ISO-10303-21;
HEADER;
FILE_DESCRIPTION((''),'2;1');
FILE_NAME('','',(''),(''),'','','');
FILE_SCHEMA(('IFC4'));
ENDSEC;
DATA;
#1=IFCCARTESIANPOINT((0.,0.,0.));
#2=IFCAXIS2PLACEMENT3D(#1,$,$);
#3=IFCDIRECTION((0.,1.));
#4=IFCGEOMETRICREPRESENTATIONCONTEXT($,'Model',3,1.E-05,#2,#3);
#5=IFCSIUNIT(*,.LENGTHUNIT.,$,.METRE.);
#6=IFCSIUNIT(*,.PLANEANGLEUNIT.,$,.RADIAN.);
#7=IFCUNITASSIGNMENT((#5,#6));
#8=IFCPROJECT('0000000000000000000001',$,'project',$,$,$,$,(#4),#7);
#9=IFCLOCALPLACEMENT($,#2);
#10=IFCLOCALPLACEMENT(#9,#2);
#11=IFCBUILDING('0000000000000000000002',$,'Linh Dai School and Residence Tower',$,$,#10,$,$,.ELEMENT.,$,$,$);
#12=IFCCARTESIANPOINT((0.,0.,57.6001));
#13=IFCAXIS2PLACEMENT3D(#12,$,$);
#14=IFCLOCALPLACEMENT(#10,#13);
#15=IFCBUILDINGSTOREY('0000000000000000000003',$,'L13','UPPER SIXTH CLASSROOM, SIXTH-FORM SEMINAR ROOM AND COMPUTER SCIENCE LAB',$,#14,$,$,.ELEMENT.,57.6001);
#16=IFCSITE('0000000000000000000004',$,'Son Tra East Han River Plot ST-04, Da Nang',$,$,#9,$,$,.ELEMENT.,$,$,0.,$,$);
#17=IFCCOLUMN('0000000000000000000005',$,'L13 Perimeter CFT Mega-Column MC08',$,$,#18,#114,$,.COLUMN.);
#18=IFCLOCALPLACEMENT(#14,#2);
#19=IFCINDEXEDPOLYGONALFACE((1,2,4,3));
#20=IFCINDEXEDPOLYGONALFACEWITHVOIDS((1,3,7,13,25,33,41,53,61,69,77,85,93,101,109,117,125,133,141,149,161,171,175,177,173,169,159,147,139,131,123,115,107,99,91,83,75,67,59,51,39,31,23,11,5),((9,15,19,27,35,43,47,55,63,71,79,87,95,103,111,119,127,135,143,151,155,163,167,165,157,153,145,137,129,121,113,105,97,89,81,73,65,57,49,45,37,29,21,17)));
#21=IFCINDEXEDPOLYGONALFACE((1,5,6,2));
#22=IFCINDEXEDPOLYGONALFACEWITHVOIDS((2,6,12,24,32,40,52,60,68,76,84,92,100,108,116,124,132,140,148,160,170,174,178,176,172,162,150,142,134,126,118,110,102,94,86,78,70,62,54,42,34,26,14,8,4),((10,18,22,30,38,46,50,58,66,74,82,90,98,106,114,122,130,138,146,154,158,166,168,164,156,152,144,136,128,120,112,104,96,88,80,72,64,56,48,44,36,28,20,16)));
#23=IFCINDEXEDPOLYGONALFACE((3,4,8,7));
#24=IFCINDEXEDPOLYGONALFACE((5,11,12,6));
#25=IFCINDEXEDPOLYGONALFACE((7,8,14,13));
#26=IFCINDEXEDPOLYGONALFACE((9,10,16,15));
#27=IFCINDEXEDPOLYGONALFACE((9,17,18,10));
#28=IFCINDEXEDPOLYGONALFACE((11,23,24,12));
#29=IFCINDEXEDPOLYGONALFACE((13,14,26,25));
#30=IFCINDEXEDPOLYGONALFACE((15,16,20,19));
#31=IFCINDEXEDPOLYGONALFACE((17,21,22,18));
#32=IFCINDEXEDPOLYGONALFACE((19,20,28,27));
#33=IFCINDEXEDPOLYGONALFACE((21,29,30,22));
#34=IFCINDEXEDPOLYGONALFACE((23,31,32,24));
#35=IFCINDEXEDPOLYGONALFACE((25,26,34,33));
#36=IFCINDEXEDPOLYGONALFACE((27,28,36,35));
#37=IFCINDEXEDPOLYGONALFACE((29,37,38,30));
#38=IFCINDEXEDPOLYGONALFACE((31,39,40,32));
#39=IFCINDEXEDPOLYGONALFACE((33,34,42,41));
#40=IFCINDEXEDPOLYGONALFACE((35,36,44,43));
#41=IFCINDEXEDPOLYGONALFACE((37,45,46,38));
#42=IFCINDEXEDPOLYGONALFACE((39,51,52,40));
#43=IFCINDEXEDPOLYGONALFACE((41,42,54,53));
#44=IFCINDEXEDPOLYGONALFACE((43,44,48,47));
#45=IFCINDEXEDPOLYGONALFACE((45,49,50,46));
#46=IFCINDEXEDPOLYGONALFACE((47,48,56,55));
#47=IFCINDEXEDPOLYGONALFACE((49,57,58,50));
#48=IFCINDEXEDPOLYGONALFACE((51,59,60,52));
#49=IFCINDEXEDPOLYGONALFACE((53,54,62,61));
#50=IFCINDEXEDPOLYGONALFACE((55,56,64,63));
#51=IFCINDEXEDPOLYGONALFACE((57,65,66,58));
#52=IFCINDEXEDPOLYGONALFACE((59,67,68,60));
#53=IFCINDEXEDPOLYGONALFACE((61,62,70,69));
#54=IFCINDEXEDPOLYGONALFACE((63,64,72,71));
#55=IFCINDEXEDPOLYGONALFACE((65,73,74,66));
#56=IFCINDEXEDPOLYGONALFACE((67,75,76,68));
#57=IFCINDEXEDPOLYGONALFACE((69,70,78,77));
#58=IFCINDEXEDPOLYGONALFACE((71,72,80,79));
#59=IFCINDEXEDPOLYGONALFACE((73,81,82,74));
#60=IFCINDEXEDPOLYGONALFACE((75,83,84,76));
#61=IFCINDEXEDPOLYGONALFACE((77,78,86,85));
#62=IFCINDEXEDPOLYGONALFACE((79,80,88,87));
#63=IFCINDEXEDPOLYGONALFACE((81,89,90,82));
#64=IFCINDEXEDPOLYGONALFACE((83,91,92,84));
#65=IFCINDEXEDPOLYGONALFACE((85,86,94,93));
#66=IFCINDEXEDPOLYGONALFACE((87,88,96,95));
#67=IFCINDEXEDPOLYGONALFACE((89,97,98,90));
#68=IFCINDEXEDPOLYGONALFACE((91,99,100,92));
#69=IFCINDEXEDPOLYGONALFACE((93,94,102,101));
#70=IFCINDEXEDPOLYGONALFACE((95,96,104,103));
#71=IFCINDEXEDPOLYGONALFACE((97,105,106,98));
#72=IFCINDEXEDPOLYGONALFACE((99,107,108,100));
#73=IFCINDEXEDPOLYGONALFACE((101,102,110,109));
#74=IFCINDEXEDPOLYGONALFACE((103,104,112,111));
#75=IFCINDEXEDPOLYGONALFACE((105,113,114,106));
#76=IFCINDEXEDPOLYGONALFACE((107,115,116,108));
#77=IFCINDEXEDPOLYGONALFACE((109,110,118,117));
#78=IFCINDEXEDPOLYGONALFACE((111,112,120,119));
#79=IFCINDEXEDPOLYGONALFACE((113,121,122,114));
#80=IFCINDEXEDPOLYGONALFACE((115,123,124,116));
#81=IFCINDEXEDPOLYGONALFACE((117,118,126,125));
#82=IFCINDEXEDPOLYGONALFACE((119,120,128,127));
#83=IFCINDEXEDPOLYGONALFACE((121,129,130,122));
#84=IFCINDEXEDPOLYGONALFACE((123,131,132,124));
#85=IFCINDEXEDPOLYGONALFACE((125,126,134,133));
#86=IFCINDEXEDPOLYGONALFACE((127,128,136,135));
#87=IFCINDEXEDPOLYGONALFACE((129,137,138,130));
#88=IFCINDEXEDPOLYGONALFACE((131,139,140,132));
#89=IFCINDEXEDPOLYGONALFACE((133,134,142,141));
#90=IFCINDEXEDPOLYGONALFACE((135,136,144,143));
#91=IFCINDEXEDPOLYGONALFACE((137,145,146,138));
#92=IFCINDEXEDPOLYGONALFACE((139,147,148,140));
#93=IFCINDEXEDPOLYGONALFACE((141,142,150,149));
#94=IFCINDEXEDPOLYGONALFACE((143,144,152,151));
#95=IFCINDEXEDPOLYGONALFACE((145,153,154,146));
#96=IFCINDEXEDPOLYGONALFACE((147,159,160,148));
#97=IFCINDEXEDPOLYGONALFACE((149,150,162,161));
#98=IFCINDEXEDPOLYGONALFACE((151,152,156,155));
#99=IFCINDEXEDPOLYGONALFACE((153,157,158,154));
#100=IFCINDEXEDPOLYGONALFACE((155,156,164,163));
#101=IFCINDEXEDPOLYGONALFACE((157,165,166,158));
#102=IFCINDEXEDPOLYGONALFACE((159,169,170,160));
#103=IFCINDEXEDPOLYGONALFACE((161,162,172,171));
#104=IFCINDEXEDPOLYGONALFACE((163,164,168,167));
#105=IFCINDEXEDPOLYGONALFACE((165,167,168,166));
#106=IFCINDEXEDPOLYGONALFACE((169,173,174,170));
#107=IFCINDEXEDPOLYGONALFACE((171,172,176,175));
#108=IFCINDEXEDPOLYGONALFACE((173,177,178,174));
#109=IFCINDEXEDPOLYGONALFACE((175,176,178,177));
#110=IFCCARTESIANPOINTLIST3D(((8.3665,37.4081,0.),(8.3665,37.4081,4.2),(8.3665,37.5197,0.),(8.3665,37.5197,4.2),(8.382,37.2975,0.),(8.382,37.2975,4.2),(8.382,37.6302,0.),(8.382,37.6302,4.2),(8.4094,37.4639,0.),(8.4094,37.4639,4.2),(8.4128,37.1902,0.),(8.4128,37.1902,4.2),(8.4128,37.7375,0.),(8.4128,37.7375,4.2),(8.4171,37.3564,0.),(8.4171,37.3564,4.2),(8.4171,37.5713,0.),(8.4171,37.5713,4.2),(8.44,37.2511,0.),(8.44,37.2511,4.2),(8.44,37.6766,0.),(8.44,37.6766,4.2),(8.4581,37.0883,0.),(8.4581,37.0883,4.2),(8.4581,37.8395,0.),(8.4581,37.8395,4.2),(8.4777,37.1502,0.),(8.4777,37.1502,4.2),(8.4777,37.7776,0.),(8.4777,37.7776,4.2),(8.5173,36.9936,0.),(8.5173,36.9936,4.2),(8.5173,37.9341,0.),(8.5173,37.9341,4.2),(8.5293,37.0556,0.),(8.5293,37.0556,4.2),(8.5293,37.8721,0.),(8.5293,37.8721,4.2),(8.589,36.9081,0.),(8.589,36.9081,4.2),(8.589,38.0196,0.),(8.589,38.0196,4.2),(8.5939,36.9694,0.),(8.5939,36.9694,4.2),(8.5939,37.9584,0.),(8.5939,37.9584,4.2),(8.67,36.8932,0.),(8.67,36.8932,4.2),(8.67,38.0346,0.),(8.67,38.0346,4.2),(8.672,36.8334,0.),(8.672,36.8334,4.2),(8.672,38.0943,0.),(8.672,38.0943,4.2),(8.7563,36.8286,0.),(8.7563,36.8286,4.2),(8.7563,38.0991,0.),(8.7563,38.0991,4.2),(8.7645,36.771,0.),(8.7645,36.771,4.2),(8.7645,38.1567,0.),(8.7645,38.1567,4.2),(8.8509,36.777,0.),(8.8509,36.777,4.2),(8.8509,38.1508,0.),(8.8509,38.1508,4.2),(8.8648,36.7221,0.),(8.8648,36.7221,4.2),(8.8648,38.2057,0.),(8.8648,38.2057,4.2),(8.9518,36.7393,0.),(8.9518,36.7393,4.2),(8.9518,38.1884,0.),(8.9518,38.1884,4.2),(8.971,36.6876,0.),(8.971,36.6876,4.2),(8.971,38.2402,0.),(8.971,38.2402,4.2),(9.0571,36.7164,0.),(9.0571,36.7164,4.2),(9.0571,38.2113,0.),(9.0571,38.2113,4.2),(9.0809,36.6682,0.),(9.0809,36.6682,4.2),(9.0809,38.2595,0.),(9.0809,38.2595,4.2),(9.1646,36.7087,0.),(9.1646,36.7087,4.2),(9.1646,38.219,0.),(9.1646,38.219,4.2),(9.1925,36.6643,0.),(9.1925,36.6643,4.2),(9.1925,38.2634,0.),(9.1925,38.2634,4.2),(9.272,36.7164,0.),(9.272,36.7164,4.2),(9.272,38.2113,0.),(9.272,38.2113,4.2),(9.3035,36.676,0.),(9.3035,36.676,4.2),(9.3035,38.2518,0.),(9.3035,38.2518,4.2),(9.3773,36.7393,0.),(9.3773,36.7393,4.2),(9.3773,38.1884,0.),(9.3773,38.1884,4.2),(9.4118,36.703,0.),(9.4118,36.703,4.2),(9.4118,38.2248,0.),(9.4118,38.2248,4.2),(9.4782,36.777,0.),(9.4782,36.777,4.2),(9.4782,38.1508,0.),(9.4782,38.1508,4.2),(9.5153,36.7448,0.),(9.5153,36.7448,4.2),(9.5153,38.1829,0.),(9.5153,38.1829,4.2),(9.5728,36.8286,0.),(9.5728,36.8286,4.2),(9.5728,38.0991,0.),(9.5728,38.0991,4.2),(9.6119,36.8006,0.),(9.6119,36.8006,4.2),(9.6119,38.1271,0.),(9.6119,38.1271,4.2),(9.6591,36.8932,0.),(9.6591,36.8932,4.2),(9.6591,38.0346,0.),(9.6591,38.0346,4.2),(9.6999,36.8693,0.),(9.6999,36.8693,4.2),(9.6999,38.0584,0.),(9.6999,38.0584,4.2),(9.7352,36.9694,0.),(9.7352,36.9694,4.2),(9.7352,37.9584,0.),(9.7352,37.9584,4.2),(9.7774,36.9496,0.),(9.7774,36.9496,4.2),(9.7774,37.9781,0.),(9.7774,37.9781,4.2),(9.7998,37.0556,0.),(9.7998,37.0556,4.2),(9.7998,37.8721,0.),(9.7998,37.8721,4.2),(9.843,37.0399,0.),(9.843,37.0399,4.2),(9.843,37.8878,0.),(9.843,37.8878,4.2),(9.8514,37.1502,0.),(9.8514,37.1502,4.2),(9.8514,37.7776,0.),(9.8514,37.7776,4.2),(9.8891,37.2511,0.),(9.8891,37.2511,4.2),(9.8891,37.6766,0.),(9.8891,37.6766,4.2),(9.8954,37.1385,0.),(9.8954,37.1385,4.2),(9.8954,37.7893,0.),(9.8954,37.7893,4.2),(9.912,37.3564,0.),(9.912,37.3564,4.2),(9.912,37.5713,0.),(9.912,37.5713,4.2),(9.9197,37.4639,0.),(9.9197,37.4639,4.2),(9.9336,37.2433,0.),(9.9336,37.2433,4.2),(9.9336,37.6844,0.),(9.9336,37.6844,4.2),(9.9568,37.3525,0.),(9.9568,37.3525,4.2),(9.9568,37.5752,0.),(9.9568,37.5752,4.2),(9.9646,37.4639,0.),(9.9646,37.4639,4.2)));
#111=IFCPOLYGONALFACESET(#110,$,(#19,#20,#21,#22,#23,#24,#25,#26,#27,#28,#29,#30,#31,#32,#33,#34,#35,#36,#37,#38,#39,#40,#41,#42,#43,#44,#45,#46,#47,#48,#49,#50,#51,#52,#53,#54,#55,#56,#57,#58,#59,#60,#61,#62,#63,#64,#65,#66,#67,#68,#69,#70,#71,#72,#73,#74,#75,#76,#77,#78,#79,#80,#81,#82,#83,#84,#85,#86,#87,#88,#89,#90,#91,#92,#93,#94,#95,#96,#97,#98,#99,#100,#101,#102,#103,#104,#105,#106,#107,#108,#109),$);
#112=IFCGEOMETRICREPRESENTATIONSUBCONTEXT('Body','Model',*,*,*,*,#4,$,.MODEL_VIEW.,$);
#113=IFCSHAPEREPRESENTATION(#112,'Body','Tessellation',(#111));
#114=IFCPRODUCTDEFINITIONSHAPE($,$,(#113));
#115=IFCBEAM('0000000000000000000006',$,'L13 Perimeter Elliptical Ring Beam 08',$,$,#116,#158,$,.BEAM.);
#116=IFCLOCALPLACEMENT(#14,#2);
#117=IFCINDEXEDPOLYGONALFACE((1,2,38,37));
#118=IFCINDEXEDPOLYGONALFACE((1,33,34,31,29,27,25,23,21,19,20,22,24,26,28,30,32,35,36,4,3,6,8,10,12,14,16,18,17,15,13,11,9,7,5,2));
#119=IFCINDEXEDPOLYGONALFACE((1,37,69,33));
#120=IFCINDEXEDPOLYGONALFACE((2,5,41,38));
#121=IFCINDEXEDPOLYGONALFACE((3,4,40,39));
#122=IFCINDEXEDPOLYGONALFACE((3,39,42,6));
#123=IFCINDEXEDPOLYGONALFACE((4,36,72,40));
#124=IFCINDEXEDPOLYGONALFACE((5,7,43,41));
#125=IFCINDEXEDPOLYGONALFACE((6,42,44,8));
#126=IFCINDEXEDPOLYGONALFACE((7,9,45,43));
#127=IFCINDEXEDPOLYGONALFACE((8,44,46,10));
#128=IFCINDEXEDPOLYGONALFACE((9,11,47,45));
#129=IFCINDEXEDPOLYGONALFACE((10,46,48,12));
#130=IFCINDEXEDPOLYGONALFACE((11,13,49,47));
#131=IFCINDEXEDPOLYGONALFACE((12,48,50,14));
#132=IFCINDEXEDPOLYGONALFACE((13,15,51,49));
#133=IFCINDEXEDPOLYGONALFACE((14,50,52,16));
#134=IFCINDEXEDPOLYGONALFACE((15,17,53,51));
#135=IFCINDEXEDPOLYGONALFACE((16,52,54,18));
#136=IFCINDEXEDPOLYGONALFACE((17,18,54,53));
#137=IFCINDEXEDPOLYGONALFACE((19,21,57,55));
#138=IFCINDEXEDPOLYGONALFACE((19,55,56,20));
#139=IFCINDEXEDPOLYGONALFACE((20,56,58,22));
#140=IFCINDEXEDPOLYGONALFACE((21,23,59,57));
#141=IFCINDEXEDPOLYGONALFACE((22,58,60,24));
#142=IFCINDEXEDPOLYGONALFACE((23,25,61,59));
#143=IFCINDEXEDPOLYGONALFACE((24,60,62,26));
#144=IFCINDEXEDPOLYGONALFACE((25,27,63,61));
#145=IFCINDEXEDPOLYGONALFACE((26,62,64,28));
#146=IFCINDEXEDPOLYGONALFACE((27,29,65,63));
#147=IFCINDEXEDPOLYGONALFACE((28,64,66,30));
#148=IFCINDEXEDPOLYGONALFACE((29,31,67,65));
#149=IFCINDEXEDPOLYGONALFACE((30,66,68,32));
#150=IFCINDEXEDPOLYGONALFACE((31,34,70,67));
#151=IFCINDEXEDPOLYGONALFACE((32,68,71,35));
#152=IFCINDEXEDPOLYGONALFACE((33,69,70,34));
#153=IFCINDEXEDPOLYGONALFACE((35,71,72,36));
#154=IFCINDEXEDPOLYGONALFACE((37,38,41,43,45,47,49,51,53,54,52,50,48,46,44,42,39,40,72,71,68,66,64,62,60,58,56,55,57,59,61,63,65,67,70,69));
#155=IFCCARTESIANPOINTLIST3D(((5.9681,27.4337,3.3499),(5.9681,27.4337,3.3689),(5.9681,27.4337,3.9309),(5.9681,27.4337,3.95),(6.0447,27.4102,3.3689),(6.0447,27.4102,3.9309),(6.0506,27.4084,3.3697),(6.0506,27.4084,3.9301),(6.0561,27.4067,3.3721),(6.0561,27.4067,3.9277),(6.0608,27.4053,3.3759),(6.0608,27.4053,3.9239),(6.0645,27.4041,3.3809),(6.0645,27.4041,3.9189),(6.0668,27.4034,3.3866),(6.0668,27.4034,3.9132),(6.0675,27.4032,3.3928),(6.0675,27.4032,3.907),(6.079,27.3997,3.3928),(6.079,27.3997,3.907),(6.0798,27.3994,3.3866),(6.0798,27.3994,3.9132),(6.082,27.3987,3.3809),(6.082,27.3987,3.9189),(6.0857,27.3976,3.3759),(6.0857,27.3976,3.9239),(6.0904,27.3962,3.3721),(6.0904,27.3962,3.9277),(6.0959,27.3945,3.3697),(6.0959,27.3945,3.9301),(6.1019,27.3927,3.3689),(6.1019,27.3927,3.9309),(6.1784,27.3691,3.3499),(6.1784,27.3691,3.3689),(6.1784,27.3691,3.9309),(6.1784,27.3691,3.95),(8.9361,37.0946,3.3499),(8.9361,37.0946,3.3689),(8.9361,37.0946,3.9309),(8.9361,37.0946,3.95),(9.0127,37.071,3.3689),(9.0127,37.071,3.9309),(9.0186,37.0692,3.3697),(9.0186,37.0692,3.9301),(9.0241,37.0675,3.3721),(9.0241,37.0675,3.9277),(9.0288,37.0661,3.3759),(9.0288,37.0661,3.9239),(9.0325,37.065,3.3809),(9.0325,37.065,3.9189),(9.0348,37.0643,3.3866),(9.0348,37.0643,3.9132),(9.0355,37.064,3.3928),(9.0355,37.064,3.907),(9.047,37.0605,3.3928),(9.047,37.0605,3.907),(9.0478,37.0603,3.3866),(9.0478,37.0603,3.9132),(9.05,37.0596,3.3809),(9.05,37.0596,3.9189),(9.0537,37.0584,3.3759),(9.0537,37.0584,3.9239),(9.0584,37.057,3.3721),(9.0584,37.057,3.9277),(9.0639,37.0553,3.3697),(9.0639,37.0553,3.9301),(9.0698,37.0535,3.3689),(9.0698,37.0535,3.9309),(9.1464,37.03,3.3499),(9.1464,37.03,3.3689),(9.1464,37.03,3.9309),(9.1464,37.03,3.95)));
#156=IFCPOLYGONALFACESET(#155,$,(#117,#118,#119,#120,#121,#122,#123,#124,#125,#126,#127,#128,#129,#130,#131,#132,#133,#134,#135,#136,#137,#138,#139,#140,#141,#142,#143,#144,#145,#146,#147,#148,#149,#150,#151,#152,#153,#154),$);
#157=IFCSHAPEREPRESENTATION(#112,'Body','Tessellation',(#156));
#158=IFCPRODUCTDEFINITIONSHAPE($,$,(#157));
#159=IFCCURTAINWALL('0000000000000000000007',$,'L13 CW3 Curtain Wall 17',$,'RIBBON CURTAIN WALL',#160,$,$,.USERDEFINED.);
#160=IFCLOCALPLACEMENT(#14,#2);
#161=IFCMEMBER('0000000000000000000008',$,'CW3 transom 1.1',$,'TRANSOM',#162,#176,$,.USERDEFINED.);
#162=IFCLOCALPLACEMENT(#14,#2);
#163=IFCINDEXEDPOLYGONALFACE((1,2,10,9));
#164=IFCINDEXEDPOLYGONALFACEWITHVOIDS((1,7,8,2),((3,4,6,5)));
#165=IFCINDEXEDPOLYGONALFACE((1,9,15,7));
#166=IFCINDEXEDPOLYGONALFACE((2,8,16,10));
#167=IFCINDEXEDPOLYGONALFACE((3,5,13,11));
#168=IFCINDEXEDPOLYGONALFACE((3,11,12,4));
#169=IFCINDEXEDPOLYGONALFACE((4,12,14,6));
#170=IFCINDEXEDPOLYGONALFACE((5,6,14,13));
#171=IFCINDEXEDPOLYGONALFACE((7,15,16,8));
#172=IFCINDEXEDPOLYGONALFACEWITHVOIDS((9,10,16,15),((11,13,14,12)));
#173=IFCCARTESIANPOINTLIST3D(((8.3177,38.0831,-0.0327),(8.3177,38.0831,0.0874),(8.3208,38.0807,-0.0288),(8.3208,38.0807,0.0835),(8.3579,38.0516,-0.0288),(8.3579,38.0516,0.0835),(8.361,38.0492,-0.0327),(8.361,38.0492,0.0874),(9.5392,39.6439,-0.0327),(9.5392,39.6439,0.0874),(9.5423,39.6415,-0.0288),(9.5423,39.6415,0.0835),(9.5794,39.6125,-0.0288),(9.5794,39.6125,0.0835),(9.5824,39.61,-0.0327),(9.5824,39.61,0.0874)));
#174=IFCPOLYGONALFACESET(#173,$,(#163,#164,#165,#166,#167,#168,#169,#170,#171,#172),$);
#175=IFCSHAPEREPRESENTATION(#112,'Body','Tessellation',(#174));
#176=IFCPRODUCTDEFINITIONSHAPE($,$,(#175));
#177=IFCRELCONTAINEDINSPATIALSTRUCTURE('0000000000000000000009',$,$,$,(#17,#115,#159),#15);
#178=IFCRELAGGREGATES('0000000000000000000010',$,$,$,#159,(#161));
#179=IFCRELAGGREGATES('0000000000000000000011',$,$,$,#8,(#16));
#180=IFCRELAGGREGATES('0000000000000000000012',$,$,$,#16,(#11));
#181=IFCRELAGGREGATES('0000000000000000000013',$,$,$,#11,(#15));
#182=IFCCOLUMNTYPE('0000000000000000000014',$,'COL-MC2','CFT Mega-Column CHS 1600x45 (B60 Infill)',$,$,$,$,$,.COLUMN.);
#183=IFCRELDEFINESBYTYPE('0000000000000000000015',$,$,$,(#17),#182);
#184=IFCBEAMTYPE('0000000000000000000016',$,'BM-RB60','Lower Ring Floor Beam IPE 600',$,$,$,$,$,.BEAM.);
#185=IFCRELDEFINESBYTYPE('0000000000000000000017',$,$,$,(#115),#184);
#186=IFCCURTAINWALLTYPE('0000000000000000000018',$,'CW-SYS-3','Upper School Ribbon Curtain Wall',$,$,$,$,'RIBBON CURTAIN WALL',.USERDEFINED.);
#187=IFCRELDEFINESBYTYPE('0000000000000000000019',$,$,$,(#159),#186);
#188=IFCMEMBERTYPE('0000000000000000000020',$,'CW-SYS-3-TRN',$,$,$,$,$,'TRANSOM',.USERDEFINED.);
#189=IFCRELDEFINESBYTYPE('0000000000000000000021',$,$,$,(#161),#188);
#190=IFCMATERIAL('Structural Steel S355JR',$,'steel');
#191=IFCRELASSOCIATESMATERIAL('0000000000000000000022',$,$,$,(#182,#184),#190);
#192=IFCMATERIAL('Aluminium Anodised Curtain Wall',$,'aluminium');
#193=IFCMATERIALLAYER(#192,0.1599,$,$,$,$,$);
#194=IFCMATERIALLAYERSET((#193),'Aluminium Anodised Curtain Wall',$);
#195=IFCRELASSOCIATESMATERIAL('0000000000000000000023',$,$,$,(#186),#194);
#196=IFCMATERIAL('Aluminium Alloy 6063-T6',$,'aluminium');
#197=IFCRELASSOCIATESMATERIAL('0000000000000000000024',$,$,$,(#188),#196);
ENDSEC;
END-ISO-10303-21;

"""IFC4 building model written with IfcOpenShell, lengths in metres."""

from ifc_helpers import new_model, si_unit, direction, frame, origin, origin_2d, place, context, subcontext, project, spatial, hollow_rectangle, hollow_circle, i_section, extrude, source, transform, mapped, material, layer, layer_set, material_profile, profile_set, type_object, element, aggregate, save


model = new_model("IFC4")

# Units and contexts
model_context = context("Model", 3, precision=1e-05, world=origin(), true_north=direction((0.0, 1.0)))
body_context = subcontext(model_context, "Body", "Model", "MODEL_VIEW")
ifc_project = project(units=[si_unit("LENGTHUNIT", "METRE"), si_unit("PLANEANGLEUNIT", "RADIAN")], contexts=[model_context])

# Site, building, storey
site_placement = place(None, origin())
site = spatial("IfcSite", under=ifc_project, at=site_placement, Name="Son Tra East Han River Plot ST-04, Da Nang", CompositionType="ELEMENT", RefElevation=0.0)
building_placement = place(site_placement, origin())
building = spatial("IfcBuilding", under=site, at=building_placement, Name="Linh Dai School and Residence Tower", CompositionType="ELEMENT")
storey_placement = place(building_placement, frame((0.0, 0.0, 57.6001)))
storey = spatial("IfcBuildingStorey", under=building, at=storey_placement, Name="L13", Description="UPPER SIXTH CLASSROOM, SIXTH-FORM SEMINAR ROOM AND COMPUTER SCIENCE LAB", CompositionType="ELEMENT", Elevation=57.6001)

# Column
ifc_material_1 = material(Name="Structural Steel S355JR", Category="steel")
ifc_material_profile_1 = material_profile(ifc_material_1, hollow_circle(Radius=0.8, WallThickness=0.0449, at=origin_2d()), Name="CHS 1600x45")
ifc_profile_set_1 = profile_set([ifc_material_profile_1], Name="Structural Steel S355JR")
column_type_1 = type_object("IfcColumnType", Name="COL-MC2", Description="CFT Mega-Column CHS 1600x45 (B60 Infill)", PredefinedType="COLUMN", material=ifc_profile_set_1)
column_placement = place(storey_placement, frame((9.1646, 37.4639, 0.0), z_axis=(0.0, 0.0, 1.0), x_axis=(1.0, 0.0, 0.0)))
element("IfcColumn", 1, at=column_placement, inside=storey, type_object=column_type_1, Name="L13 Perimeter CFT Mega-Column MC08", PredefinedType="COLUMN", context=body_context, shape_type="SweptSolid", body=[
    extrude(hollow_circle(Radius=0.8, WallThickness=0.0449, at=origin_2d()), origin(), (0.0, 0.0, 1.0), 4.2),
])

# Beam
ifc_material_profile_2 = material_profile(ifc_material_1, i_section(OverallWidth=0.22, OverallDepth=0.6001, WebThickness=0.012, FlangeThickness=0.019, FilletRadius=0.0239, at=origin_2d()), Name="IPE 600")
ifc_profile_set_2 = profile_set([ifc_material_profile_2], Name="Structural Steel S355JR")
beam_type = type_object("IfcBeamType", Name="BM-RB60", Description="Lower Ring Floor Beam IPE 600", PredefinedType="BEAM", material=ifc_profile_set_2)
beam_placement = place(storey_placement, frame((9.0413, 37.0623, 3.6499), z_axis=(-0.293673, -0.955906, 0.0), x_axis=(0.955906, -0.293673, 0.0)))
element("IfcBeam", 2, at=beam_placement, inside=storey, type_object=beam_type, Name="L13 Perimeter Elliptical Ring Beam 08", PredefinedType="BEAM", context=body_context, shape_type="SweptSolid", body=[
    extrude(i_section(OverallWidth=0.22, OverallDepth=0.6001, WebThickness=0.012, FlangeThickness=0.019, FilletRadius=0.0239, at=origin_2d()), origin(), (0.0, 0.0, 1.0), 10.1064),
])

# Curtain wall, member
ifc_material_2 = material(Name="Aluminium Anodised Curtain Wall", Category="aluminium")
ifc_layer_1 = layer(ifc_material_2, 0.1599)
ifc_layer_set_1 = layer_set([ifc_layer_1], Name="Aluminium Anodised Curtain Wall")
curtain_wall_type = type_object("IfcCurtainWallType", Name="CW-SYS-3", Description="Upper School Ribbon Curtain Wall", ElementType="RIBBON CURTAIN WALL", PredefinedType="USERDEFINED", material=ifc_layer_set_1)
curtain_wall_placement = place(storey_placement, origin())
curtain_wall = element("IfcCurtainWall", 3, at=curtain_wall_placement, inside=storey, type_object=curtain_wall_type, Name="L13 CW3 Curtain Wall 17", ObjectType="RIBBON CURTAIN WALL", PredefinedType="USERDEFINED")
ifc_material_3 = material(Name="Aluminium Alloy 6063-T6", Category="aluminium")
ifc_material_profile_3 = material_profile(ifc_material_3, hollow_rectangle(XDim=0.0549, YDim=0.1201, WallThickness=0.0039, at=origin_2d()), Name="RHS 120x55x4")
ifc_profile_set_3 = profile_set([ifc_material_profile_3], Name="Aluminium Alloy 6063-T6")
member_type_1 = type_object("IfcMemberType", Name="CW-SYS-3-TRN", ElementType="TRANSOM", PredefinedType="USERDEFINED", material=ifc_profile_set_3)
shared_shape_1 = source(origin(), body_context, "Body", "SweptSolid", [
    extrude(hollow_rectangle(XDim=0.0549, YDim=0.1201, WallThickness=0.0039, at=origin_2d()), origin(), (0.0, 0.0, 1.0), 1.9819),
])
member_1_placement = place(storey_placement, frame((8.3394, 38.0662, 0.0273), z_axis=(0.616292, 0.787518, 0.0), x_axis=(-0.787518, 0.616292, 0.0)))
member_1 = element("IfcMember", 4, at=member_1_placement, type_object=member_type_1, Name="CW3 transom 1.1", ObjectType="TRANSOM", PredefinedType="USERDEFINED", context=body_context, shape_type="MappedRepresentation", body=[
    mapped(shared_shape_1, transform((0.0, 0.0, 0.0), x_axis=(1.0, 0.0, 0.0), y_axis=(0.0, 1.0, 0.0), z_axis=(0.0, 0.0, 1.0), scale=1.0)),
])
aggregate(curtain_wall, [member_1])

save(model, "model.ifc")
